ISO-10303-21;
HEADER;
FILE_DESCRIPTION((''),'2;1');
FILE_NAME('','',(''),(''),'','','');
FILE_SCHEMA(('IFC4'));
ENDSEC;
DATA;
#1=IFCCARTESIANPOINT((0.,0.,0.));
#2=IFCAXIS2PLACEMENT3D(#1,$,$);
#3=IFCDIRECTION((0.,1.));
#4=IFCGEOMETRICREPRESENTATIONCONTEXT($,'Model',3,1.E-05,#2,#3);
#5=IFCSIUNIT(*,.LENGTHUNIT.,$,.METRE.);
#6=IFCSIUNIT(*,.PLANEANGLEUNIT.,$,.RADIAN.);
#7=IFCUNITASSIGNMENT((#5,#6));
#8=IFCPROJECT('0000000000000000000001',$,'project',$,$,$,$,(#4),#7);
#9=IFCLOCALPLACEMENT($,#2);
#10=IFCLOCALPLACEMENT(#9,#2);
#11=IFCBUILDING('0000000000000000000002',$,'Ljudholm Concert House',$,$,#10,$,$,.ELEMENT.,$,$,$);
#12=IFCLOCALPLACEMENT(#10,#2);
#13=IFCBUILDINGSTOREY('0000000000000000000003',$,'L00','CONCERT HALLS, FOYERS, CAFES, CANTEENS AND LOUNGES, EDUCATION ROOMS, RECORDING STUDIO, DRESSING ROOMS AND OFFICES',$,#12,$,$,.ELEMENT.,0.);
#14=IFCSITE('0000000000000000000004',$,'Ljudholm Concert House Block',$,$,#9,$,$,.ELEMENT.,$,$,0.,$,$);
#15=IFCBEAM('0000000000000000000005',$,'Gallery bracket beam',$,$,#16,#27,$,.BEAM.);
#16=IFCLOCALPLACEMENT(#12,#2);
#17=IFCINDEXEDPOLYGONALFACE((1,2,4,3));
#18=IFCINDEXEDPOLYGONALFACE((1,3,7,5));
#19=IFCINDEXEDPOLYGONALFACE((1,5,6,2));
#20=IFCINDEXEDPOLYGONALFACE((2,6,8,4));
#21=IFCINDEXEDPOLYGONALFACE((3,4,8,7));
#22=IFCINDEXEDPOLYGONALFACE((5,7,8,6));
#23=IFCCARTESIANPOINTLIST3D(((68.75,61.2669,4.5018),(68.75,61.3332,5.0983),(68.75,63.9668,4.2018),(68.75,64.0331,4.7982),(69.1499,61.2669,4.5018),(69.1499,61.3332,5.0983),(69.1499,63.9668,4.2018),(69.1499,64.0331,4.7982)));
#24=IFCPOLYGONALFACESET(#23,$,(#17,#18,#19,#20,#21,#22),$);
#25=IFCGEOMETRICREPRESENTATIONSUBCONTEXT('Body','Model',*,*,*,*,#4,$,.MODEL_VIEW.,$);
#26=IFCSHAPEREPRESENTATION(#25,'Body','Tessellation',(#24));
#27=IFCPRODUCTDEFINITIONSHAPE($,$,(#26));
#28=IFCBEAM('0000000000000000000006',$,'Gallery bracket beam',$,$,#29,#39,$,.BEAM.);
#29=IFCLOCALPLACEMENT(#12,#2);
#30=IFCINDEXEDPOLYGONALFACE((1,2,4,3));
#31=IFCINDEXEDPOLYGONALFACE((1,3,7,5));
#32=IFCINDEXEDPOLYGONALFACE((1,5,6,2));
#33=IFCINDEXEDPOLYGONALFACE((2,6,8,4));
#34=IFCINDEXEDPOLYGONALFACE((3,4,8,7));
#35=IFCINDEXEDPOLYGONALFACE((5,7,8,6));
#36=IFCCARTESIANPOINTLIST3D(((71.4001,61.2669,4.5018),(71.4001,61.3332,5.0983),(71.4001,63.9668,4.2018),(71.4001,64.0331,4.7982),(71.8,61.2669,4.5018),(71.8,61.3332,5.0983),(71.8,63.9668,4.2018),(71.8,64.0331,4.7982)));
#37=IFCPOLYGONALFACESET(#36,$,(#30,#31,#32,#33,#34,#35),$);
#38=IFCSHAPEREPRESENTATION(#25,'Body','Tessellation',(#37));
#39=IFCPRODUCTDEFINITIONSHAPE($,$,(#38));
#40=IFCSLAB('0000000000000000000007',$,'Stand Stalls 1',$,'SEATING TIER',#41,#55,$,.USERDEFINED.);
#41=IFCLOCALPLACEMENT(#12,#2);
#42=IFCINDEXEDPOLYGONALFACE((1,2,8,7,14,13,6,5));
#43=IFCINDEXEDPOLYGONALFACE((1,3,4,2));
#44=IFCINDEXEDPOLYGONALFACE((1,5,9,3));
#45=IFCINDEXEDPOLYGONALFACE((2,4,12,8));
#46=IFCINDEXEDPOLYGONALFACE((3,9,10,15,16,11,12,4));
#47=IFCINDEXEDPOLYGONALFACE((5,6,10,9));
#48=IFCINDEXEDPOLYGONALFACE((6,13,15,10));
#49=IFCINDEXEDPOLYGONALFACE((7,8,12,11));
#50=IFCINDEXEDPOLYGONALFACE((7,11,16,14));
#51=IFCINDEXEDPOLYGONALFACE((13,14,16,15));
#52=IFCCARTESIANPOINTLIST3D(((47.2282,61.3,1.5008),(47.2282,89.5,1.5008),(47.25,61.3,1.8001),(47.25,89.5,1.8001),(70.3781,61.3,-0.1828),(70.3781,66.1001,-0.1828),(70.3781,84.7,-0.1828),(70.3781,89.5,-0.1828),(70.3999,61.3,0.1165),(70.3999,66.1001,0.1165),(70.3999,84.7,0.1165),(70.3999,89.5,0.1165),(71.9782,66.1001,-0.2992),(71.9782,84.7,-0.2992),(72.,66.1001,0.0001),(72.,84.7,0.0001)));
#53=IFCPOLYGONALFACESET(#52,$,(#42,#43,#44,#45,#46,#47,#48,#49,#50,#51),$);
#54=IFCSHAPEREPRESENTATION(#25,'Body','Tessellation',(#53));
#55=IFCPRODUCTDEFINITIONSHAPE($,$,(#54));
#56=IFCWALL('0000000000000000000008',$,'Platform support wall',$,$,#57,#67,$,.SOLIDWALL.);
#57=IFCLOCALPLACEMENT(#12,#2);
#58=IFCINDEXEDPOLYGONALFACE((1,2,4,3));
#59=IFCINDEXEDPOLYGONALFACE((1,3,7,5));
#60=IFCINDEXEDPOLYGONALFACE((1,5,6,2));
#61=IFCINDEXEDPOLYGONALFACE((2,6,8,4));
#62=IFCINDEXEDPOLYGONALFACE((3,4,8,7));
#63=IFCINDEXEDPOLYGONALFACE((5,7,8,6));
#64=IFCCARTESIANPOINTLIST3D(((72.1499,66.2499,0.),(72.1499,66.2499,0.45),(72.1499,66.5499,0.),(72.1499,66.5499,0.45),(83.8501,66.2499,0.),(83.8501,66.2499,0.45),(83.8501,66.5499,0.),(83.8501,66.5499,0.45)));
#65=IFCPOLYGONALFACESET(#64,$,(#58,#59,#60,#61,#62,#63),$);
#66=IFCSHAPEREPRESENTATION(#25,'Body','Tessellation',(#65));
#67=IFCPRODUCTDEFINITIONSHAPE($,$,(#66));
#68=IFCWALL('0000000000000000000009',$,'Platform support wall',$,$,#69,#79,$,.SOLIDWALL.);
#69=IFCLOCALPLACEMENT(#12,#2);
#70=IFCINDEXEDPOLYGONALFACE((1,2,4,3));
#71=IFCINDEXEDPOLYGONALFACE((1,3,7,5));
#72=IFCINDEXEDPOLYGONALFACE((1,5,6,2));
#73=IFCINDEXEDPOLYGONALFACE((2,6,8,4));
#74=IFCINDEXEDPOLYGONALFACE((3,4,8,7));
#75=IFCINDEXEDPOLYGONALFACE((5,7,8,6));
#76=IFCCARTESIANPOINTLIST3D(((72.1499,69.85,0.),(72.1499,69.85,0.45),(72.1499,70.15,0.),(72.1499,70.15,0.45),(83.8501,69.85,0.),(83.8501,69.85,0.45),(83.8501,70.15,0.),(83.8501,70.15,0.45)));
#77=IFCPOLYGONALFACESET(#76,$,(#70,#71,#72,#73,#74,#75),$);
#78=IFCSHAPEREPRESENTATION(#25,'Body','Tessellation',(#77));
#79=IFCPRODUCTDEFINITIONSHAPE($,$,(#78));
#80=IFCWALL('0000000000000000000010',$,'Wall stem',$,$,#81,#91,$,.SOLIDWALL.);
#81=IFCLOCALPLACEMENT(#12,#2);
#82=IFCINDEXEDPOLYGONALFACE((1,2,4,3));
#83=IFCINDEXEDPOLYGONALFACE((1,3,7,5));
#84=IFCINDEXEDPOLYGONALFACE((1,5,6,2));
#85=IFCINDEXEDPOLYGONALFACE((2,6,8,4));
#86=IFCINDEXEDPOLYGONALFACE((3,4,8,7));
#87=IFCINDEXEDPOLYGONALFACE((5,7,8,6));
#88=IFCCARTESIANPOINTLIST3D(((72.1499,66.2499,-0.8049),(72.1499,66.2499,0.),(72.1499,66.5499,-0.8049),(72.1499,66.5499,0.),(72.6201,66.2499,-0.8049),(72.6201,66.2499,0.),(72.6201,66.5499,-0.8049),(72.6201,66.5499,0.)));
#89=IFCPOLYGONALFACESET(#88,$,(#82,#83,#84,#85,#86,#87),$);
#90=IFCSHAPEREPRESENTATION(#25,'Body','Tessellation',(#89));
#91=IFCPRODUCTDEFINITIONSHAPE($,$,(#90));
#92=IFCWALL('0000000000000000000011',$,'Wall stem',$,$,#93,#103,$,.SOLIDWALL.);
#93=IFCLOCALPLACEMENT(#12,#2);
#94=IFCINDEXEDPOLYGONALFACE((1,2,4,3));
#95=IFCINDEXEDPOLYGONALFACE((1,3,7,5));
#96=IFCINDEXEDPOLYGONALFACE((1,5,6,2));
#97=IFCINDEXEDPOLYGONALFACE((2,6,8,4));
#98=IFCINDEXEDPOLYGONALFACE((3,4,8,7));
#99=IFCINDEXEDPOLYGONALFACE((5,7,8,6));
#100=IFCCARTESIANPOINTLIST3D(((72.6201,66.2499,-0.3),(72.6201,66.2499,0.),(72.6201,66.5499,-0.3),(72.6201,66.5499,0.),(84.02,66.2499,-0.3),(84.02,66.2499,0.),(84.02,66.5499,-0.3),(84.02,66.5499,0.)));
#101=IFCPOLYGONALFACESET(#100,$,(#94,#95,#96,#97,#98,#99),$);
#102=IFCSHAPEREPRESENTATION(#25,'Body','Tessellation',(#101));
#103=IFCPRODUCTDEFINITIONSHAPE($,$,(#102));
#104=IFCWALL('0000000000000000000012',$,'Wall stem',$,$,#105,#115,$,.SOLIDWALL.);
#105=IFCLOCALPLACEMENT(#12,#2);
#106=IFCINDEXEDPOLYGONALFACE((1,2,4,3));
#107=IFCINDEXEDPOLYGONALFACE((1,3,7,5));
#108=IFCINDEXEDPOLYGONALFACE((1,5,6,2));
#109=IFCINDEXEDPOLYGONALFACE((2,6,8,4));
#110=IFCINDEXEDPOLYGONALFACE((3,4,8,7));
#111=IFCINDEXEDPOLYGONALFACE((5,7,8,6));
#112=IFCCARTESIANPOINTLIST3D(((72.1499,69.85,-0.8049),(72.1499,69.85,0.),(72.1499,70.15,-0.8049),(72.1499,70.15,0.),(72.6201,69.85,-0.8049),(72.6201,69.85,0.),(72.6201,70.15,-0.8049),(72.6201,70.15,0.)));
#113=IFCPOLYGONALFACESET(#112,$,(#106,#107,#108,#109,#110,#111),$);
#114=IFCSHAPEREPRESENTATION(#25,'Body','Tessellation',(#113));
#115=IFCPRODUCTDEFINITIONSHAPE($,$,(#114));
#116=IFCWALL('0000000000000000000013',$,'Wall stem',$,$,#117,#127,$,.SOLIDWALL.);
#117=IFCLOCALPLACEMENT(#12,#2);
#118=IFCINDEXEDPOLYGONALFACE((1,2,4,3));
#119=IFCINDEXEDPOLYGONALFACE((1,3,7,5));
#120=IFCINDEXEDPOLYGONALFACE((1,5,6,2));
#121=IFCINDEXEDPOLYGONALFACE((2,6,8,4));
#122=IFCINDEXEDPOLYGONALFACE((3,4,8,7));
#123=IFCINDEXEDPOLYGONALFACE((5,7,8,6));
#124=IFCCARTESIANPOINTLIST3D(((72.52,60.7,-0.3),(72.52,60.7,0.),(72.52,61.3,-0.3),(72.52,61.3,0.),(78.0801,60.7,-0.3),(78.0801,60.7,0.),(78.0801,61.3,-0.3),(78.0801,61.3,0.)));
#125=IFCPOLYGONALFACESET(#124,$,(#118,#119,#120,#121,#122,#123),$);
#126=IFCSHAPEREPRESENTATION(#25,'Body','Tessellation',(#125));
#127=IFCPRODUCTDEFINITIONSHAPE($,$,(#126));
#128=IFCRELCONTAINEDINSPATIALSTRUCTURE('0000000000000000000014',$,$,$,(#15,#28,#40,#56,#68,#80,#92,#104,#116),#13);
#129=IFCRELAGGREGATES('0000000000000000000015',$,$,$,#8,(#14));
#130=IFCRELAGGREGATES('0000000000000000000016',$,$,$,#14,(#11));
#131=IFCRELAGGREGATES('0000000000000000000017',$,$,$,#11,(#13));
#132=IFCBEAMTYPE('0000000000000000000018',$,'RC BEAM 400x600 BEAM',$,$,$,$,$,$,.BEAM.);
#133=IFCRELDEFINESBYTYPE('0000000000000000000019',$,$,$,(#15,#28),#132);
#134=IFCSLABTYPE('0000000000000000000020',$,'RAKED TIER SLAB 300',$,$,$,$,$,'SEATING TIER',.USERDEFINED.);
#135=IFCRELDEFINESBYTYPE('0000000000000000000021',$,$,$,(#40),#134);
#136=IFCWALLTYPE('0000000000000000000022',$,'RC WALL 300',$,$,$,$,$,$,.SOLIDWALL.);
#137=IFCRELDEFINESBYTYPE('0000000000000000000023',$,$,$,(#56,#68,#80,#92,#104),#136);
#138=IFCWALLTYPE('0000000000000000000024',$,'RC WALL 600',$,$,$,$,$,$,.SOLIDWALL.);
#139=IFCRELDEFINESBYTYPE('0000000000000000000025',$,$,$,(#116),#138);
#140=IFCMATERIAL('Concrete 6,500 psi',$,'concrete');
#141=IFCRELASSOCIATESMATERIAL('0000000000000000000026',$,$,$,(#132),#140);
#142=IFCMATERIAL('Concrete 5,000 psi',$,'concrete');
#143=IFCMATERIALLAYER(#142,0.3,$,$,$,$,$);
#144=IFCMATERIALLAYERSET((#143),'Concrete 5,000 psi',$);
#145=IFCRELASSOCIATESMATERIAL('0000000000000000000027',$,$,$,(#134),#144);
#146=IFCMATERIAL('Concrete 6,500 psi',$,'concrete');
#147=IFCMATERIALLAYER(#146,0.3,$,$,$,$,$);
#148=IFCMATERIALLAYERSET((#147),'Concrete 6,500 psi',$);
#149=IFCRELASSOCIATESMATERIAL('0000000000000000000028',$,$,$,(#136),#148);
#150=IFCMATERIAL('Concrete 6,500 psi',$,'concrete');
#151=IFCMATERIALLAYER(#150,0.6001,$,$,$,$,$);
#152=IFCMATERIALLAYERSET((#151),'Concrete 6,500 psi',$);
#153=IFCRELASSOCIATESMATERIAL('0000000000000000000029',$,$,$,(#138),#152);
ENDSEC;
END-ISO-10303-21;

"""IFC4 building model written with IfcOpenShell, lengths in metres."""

from ifc_helpers import new_model, si_unit, direction, frame, frame_2d, origin, origin_2d, place, context, subcontext, project, spatial, polyline, rectangle, outline, extrude, material, layer, layer_set, material_profile, profile_set, type_object, element, save


model = new_model("IFC4")

# Units and contexts
model_context = context("Model", 3, precision=1e-05, world=origin(), true_north=direction((0.0, 1.0)))
body_context = subcontext(model_context, "Body", "Model", "MODEL_VIEW")
ifc_project = project(units=[si_unit("LENGTHUNIT", "METRE"), si_unit("PLANEANGLEUNIT", "RADIAN")], contexts=[model_context])

# Site, building, storey
site_placement = place(None, origin())
site = spatial("IfcSite", under=ifc_project, at=site_placement, Name="Ljudholm Concert House Block", CompositionType="ELEMENT", RefElevation=0.0)
building_placement = place(site_placement, origin())
building = spatial("IfcBuilding", under=site, at=building_placement, Name="Ljudholm Concert House", CompositionType="ELEMENT")
storey_placement = place(building_placement, origin())
storey = spatial("IfcBuildingStorey", under=building, at=storey_placement, Name="L00", Description="CONCERT HALLS, FOYERS, CAFES, CANTEENS AND LOUNGES, EDUCATION ROOMS, RECORDING STUDIO, DRESSING ROOMS AND OFFICES", CompositionType="ELEMENT", Elevation=0.0)

# Beams
ifc_material_1 = material(Name="Concrete 6,500 psi", Category="concrete")
ifc_material_profile_1 = material_profile(ifc_material_1, rectangle(XDim=0.3999, YDim=0.6001, at=origin_2d()), Name="RC BEAM 400x600 BEAM")
ifc_profile_set_1 = profile_set([ifc_material_profile_1], Name="Concrete 6,500 psi")
beam_type_1 = type_object("IfcBeamType", Name="RC BEAM 400x600 BEAM", PredefinedType="BEAM", material=ifc_profile_set_1)
for number, where, z_axis, x_axis, name in (
    (1, (68.95, 61.3, 4.8), (0.0, 0.993882, -0.110451), (-1.0, 0.0, 0.0), "Gallery bracket beam"),
    (2, (71.6001, 61.3, 4.8), (0.0, 0.993882, -0.110451), (-1.0, 0.0, 0.0), "Gallery bracket beam"),
):
    element("IfcBeam", number, at=place(storey_placement, frame(where, z_axis=z_axis, x_axis=x_axis)), inside=storey, type_object=beam_type_1, Name=name, PredefinedType="BEAM", context=body_context, shape_type="SweptSolid", body=[
        extrude(rectangle(XDim=0.3999, YDim=0.6001, at=origin_2d()), origin(), (0.0, 0.0, 1.0), 2.7166),
    ])

# Slab
ifc_material_2 = material(Name="Concrete 5,000 psi", Category="concrete")
ifc_layer_1 = layer(ifc_material_2, 0.3)
ifc_layer_set_1 = layer_set([ifc_layer_1], Name="Concrete 5,000 psi")
slab_type = type_object("IfcSlabType", Name="RAKED TIER SLAB 300", ElementType="SEATING TIER", PredefinedType="USERDEFINED", material=ifc_layer_set_1)
slab_placement = place(storey_placement, frame((70.3999, 61.3, 0.1165), z_axis=(0.072537, 0.0, 0.997366), x_axis=(-0.997366, 0.0, 0.072537)))
element("IfcSlab", 3, at=slab_placement, inside=storey, type_object=slab_type, Name="Stand Stalls 1", ObjectType="SEATING TIER", PredefinedType="USERDEFINED", context=body_context, shape_type="SweptSolid", body=[
    extrude(outline(polyline([(0.0, 0.0), (23.211, 0.0), (23.211, -28.2), (0.0, -28.2), (0.0, -23.3999), (-1.6043, -23.3999), (-1.6043, -4.8), (0.0, -4.8), (0.0, 0.0)])), origin(), (0.0, 0.0, -1.0), 0.3),
])

# Walls
ifc_material_3 = material(Name="Concrete 6,500 psi", Category="concrete")
ifc_layer_2 = layer(ifc_material_3, 0.3)
ifc_layer_set_2 = layer_set([ifc_layer_2], Name="Concrete 6,500 psi")
wall_type_1 = type_object("IfcWallType", Name="RC WALL 300", PredefinedType="SOLIDWALL", material=ifc_layer_set_2)
for number, where, z_axis, x_axis, name in (
    (4, (72.1499, 66.3999, 0.0), (0.0, 0.0, 1.0), (1.0, 0.0, 0.0), "Platform support wall"),
    (5, (72.1499, 70.0, 0.0), (0.0, 0.0, 1.0), (1.0, 0.0, 0.0), "Platform support wall"),
):
    element("IfcWall", number, at=place(storey_placement, frame(where, z_axis=z_axis, x_axis=x_axis)), inside=storey, type_object=wall_type_1, Name=name, PredefinedType="SOLIDWALL", context=body_context, shape_type="SweptSolid", body=[
        extrude(rectangle(XDim=11.7002, YDim=0.3, at=frame_2d((5.8501, 0.0))), origin(), (0.0, 0.0, 1.0), 0.45),
    ])
wall_1_placement = place(storey_placement, frame((72.1499, 66.3999, -0.8049), z_axis=(0.0, 0.0, 1.0), x_axis=(1.0, 0.0, 0.0)))
element("IfcWall", 6, at=wall_1_placement, inside=storey, type_object=wall_type_1, Name="Wall stem", PredefinedType="SOLIDWALL", context=body_context, shape_type="SweptSolid", body=[
    extrude(rectangle(XDim=0.4702, YDim=0.3, at=frame_2d((0.2351, 0.0))), origin(), (0.0, 0.0, 1.0), 0.8049),
])
wall_2_placement = place(storey_placement, frame((72.6201, 66.3999, -0.3), z_axis=(0.0, 0.0, 1.0), x_axis=(1.0, 0.0, 0.0)))
element("IfcWall", 7, at=wall_2_placement, inside=storey, type_object=wall_type_1, Name="Wall stem", PredefinedType="SOLIDWALL", context=body_context, shape_type="SweptSolid", body=[
    extrude(rectangle(XDim=11.3999, YDim=0.3, at=frame_2d((5.7, 0.0))), origin(), (0.0, 0.0, 1.0), 0.3),
])
wall_3_placement = place(storey_placement, frame((72.1499, 70.0, -0.8049), z_axis=(0.0, 0.0, 1.0), x_axis=(1.0, 0.0, 0.0)))
element("IfcWall", 8, at=wall_3_placement, inside=storey, type_object=wall_type_1, Name="Wall stem", PredefinedType="SOLIDWALL", context=body_context, shape_type="SweptSolid", body=[
    extrude(rectangle(XDim=0.4702, YDim=0.3, at=frame_2d((0.2351, 0.0))), origin(), (0.0, 0.0, 1.0), 0.8049),
])
ifc_material_4 = material(Name="Concrete 6,500 psi", Category="concrete")
ifc_layer_3 = layer(ifc_material_4, 0.6001)
ifc_layer_set_3 = layer_set([ifc_layer_3], Name="Concrete 6,500 psi")
wall_type_2 = type_object("IfcWallType", Name="RC WALL 600", PredefinedType="SOLIDWALL", material=ifc_layer_set_3)
wall_4_placement = place(storey_placement, frame((72.52, 61.0, -0.3), z_axis=(0.0, 0.0, 1.0), x_axis=(1.0, 0.0, 0.0)))
element("IfcWall", 9, at=wall_4_placement, inside=storey, type_object=wall_type_2, Name="Wall stem", PredefinedType="SOLIDWALL", context=body_context, shape_type="SweptSolid", body=[
    extrude(rectangle(XDim=5.5601, YDim=0.6001, at=frame_2d((2.78, 0.0))), origin(), (0.0, 0.0, 1.0), 0.3),
])

save(model, "model.ifc")
